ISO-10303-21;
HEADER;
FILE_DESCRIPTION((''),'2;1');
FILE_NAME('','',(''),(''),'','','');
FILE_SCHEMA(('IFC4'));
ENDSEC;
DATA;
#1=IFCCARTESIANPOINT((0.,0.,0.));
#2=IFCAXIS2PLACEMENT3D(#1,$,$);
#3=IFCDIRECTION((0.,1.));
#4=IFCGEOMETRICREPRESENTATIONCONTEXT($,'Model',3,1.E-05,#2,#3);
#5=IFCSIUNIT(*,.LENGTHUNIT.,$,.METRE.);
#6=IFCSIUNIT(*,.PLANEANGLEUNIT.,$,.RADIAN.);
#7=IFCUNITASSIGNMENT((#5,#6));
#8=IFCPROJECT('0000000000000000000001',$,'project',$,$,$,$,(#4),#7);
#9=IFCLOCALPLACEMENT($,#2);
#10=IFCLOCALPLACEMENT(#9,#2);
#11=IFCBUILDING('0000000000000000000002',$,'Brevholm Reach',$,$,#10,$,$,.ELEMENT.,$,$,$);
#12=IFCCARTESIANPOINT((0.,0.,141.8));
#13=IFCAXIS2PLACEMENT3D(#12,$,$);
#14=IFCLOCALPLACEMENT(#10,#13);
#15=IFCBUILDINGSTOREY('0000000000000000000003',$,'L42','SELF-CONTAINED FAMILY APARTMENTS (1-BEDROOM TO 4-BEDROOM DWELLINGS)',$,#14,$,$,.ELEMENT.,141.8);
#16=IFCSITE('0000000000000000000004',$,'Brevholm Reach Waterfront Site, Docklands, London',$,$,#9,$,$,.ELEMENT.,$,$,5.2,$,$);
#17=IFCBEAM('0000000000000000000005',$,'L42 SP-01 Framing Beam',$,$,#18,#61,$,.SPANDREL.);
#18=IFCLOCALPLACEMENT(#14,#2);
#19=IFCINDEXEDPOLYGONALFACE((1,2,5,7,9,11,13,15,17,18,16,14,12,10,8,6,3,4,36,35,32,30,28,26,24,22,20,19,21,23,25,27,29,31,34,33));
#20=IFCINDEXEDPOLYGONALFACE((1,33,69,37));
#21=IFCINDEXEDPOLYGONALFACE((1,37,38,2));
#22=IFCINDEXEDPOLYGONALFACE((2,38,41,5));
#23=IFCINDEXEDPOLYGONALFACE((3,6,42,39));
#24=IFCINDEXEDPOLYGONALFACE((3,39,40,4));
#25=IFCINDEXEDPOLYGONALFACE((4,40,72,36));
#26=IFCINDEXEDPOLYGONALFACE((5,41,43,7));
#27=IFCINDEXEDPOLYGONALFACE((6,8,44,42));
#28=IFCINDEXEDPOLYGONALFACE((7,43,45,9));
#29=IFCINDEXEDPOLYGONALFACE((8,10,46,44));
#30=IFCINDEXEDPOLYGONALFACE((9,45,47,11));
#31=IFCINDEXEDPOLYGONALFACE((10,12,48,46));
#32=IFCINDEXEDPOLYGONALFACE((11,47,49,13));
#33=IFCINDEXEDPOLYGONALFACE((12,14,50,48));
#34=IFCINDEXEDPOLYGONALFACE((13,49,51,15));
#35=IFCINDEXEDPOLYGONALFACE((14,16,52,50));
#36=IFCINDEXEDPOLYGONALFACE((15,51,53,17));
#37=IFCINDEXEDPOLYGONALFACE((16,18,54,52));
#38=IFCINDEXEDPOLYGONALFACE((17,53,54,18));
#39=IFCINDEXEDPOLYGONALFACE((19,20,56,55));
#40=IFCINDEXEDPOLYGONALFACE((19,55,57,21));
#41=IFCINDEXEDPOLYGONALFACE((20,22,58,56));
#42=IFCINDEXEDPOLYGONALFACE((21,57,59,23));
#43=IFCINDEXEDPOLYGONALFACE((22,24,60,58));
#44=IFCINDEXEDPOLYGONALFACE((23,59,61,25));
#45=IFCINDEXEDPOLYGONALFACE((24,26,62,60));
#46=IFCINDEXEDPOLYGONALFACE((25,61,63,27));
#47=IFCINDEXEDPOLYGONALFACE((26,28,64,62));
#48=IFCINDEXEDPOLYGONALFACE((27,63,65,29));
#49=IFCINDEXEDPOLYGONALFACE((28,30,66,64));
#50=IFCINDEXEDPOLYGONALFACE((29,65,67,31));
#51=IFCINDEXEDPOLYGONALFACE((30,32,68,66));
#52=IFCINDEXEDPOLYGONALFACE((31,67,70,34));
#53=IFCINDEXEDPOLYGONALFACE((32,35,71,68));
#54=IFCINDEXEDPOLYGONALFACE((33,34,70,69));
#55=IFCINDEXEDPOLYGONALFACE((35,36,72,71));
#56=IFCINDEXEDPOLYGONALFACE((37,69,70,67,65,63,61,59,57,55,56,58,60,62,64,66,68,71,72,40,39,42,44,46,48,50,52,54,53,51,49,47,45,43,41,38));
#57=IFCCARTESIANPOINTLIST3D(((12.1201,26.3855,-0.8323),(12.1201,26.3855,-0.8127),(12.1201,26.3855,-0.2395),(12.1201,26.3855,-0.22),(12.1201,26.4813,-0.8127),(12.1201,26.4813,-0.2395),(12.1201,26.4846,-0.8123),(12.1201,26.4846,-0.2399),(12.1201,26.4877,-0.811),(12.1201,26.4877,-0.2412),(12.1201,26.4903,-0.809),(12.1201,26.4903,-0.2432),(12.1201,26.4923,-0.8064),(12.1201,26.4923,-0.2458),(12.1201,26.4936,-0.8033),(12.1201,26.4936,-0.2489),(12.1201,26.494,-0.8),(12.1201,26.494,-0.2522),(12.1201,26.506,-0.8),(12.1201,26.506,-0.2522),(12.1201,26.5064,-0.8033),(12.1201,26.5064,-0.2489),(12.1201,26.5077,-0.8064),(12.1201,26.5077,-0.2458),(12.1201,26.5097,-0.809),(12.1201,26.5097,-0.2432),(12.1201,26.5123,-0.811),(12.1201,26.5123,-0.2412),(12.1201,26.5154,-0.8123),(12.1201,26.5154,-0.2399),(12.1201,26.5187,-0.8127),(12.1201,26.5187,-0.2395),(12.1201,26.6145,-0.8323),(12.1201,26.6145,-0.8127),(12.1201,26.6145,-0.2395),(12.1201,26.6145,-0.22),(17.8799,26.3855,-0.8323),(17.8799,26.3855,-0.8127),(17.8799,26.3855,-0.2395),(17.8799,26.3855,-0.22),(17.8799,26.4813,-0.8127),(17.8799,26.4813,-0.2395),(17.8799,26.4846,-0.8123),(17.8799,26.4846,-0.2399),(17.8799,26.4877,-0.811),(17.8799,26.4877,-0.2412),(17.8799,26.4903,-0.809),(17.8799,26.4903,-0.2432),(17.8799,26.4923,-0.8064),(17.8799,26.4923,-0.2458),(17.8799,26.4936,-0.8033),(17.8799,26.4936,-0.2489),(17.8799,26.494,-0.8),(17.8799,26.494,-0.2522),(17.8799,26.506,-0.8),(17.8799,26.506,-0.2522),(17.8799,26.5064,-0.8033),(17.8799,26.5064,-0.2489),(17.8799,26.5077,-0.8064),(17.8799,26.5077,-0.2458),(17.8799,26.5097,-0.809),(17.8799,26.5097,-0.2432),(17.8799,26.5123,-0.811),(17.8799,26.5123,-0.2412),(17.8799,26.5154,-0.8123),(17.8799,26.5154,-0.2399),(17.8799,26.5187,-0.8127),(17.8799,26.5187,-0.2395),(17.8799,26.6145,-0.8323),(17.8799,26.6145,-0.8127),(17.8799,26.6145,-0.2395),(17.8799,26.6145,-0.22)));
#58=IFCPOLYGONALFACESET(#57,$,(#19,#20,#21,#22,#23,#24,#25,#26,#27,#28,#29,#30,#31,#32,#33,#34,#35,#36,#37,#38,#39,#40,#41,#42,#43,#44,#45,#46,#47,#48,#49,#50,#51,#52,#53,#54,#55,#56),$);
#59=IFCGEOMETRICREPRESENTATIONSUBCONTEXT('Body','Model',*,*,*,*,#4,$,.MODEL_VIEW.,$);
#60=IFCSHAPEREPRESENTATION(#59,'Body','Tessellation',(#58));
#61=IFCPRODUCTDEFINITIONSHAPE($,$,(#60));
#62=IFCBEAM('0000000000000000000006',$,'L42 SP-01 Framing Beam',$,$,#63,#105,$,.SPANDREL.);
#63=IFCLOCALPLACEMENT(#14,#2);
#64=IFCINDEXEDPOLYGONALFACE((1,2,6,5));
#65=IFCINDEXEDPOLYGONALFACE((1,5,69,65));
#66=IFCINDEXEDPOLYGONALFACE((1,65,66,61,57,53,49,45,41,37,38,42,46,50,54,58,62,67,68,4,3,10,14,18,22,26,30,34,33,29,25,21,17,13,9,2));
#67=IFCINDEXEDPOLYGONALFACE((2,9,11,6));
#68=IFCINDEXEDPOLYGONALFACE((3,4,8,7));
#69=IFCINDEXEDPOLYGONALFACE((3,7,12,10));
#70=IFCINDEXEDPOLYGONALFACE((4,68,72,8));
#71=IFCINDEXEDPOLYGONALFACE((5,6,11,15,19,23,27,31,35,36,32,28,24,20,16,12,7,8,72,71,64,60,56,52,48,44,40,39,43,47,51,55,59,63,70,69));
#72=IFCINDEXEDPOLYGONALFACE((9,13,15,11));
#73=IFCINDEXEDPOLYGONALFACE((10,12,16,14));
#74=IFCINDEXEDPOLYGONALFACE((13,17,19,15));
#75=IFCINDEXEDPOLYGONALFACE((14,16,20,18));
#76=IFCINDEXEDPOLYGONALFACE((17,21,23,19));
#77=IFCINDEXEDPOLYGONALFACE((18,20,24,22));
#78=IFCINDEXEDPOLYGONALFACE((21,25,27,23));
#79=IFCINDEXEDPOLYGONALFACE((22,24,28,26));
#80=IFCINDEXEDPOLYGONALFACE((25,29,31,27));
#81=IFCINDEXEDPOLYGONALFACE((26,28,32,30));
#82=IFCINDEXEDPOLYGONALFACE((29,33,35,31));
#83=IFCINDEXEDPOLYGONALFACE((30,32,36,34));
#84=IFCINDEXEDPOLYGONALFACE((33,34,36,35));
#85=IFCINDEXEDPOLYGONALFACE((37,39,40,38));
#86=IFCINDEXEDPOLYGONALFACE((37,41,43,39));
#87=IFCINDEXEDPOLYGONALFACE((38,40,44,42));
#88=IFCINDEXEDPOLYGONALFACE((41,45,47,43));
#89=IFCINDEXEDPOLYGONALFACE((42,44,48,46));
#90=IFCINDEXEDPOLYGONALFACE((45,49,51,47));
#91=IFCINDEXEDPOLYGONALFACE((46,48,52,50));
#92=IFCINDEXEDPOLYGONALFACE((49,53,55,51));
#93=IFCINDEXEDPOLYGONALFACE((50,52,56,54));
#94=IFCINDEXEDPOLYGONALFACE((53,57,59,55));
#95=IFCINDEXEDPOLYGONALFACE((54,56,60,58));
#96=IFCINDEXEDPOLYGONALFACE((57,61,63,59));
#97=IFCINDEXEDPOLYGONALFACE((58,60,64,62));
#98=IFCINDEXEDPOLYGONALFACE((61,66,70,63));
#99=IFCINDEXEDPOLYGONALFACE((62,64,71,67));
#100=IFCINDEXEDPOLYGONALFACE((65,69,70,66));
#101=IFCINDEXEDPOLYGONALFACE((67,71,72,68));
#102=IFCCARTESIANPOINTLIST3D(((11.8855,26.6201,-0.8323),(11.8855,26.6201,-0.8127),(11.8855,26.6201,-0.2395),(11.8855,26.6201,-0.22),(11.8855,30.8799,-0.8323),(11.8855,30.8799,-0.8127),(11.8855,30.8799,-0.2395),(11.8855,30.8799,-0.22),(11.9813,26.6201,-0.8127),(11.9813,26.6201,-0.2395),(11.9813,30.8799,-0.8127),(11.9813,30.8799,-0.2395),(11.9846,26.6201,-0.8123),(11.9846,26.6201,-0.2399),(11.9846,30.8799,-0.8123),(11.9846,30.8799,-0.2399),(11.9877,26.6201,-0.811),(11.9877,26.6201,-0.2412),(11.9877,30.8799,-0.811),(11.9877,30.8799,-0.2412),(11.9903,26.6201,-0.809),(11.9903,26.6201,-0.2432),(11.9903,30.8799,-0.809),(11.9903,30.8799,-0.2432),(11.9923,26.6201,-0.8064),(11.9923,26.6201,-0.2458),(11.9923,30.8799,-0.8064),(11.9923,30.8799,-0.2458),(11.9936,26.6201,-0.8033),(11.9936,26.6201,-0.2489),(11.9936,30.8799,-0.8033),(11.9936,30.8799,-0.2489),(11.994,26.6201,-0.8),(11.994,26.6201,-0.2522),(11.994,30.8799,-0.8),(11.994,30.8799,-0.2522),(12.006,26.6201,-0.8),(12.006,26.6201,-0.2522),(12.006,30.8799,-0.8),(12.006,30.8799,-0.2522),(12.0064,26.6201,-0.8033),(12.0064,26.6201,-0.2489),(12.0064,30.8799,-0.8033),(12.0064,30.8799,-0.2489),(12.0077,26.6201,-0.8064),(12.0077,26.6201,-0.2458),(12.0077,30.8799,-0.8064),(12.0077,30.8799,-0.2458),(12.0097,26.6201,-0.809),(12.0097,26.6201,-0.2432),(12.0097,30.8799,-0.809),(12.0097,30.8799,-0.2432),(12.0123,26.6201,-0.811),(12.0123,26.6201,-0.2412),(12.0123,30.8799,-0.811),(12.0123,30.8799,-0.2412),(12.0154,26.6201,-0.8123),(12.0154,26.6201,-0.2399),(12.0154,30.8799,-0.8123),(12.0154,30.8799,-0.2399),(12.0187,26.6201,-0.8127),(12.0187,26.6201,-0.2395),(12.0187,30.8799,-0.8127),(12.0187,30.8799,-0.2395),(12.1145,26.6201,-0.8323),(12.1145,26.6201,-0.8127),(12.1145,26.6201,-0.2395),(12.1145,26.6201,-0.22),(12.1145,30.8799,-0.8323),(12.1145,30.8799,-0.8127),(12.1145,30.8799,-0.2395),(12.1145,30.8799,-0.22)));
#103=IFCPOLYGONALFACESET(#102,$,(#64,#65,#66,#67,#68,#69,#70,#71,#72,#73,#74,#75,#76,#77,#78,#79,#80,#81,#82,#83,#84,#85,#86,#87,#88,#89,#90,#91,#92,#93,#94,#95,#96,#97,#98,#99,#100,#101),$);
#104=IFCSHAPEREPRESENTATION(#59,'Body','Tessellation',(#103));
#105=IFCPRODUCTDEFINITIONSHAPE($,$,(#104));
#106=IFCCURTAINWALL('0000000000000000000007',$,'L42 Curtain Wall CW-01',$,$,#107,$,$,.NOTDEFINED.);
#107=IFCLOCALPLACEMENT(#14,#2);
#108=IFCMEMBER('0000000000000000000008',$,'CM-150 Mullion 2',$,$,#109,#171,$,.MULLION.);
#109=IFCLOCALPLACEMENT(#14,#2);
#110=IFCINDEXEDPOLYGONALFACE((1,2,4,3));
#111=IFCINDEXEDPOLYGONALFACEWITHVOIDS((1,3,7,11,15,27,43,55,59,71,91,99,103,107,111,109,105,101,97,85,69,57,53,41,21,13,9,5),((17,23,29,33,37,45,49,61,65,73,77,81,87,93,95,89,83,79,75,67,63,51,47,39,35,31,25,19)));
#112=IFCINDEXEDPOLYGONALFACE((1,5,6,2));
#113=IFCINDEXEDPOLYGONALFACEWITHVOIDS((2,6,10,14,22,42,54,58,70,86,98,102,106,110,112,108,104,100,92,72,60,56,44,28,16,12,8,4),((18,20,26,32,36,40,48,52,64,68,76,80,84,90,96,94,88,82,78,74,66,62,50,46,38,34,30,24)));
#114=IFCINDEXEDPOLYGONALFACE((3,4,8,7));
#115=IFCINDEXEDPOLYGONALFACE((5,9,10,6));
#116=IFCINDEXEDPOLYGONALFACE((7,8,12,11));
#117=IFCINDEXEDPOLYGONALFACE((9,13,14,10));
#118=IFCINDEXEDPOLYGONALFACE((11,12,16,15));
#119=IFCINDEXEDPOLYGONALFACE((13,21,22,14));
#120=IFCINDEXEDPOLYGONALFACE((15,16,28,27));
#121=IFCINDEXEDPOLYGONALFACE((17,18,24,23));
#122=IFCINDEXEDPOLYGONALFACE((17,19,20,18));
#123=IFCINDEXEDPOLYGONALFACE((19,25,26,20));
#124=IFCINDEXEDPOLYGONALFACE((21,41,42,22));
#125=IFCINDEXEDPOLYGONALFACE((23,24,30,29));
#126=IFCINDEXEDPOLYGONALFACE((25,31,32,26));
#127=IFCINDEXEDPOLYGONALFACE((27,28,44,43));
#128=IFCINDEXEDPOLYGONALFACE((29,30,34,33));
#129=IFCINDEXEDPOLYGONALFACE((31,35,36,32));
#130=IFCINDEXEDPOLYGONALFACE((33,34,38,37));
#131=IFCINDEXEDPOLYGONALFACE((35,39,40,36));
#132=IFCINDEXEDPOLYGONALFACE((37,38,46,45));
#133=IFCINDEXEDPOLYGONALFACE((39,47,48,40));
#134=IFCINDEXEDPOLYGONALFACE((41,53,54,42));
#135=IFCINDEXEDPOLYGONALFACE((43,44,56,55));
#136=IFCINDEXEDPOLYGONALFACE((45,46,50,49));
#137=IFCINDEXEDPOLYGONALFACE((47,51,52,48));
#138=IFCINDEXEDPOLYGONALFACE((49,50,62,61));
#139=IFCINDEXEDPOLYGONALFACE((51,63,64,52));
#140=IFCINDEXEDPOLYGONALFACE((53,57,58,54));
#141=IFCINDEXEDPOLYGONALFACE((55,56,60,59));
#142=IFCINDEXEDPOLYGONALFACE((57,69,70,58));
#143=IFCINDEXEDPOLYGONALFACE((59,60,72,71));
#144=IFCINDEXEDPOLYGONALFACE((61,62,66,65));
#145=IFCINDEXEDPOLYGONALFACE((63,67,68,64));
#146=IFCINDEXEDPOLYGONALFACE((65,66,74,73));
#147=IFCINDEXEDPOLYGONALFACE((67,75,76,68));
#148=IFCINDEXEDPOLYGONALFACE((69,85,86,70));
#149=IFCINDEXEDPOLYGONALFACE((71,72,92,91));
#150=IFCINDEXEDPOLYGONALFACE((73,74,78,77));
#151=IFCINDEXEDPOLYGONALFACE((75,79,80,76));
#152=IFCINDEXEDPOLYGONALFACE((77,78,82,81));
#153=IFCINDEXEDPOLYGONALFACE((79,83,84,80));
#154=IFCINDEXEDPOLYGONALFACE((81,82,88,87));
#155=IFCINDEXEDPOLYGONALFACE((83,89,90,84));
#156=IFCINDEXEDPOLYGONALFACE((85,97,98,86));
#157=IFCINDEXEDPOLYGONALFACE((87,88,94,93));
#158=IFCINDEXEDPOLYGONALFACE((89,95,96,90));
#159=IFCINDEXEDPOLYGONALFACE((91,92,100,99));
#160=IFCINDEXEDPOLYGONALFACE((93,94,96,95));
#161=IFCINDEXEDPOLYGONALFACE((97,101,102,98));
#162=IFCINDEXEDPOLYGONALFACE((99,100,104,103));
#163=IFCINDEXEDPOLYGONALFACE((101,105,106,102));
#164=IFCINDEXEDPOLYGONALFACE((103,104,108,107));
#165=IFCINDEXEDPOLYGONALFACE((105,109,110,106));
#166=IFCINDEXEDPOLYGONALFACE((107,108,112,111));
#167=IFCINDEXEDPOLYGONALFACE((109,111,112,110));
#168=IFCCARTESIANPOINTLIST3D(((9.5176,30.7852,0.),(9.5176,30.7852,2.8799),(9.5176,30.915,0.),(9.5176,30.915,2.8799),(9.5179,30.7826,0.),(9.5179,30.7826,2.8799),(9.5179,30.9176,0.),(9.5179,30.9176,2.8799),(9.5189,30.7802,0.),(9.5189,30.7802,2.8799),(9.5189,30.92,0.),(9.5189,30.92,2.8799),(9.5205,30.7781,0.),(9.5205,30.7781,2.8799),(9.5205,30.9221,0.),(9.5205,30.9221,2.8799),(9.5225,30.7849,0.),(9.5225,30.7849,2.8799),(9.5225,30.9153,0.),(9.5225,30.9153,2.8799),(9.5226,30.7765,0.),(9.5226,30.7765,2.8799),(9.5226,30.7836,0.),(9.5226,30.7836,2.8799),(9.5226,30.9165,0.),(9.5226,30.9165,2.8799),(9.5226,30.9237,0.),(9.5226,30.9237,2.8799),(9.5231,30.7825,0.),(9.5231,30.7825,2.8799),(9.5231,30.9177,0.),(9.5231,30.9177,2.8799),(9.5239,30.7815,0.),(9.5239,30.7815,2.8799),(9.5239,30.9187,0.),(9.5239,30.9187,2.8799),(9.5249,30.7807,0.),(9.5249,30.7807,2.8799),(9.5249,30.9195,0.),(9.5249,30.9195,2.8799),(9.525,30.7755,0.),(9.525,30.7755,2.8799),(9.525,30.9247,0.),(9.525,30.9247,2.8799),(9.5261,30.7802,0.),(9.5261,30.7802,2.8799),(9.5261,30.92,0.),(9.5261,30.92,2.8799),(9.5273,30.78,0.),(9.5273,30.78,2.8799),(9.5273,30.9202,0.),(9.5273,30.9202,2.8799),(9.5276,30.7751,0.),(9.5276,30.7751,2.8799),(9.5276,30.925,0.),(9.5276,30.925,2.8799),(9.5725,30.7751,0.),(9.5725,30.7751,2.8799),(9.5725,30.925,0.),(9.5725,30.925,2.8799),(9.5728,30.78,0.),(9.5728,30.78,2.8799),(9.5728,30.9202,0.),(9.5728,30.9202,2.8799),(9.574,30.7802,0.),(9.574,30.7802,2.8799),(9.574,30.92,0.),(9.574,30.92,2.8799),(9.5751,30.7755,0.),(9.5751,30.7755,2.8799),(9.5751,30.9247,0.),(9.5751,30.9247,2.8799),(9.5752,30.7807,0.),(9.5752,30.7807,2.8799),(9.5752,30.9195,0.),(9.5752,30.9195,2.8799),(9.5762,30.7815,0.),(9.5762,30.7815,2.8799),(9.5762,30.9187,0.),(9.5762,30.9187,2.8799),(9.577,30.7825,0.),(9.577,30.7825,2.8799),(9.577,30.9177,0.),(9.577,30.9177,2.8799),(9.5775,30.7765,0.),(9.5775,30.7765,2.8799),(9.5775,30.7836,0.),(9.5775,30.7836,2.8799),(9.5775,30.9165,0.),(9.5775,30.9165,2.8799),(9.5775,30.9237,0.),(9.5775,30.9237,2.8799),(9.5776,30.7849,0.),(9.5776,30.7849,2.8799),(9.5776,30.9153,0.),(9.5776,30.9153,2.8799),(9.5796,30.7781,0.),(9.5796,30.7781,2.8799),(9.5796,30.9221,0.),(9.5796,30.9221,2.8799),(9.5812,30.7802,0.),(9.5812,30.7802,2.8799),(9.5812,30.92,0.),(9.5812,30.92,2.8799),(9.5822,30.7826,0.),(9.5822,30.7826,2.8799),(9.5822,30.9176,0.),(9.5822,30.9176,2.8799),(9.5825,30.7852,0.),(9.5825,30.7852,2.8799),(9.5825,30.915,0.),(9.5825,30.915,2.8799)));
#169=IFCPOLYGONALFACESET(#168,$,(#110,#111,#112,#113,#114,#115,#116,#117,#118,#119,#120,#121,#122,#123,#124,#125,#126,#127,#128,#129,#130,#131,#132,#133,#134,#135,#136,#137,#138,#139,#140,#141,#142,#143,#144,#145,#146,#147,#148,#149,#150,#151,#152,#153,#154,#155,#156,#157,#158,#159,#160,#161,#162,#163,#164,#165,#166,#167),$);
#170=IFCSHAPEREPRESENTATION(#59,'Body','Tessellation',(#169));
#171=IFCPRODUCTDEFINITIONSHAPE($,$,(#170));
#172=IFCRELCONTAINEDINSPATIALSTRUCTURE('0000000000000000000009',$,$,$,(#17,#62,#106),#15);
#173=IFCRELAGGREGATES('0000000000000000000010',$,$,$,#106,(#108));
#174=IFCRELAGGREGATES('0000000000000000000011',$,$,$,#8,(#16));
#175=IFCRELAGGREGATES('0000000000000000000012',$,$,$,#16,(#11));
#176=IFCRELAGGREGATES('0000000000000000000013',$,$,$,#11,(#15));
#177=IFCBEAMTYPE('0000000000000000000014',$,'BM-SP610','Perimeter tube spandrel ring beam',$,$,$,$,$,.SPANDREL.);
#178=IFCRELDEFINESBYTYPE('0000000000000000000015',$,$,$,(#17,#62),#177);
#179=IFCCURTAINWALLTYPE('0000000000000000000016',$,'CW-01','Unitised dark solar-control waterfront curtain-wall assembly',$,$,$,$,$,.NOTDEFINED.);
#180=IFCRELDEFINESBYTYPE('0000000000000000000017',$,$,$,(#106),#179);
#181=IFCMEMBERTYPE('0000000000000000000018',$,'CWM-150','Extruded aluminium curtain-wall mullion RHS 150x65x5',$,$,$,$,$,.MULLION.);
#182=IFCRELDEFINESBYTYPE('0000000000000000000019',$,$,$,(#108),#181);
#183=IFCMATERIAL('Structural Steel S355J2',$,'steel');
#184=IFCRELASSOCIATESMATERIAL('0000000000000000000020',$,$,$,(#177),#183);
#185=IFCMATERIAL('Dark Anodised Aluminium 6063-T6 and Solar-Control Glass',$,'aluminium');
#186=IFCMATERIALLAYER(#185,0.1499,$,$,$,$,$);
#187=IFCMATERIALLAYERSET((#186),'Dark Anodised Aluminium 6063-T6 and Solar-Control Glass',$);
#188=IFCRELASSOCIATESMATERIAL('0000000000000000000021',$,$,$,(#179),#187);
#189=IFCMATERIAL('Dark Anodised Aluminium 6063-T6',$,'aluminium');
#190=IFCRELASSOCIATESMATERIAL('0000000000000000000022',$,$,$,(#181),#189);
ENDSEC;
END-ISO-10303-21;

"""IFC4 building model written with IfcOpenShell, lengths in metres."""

from ifc_helpers import new_model, si_unit, direction, frame, origin, origin_2d, place, context, subcontext, project, spatial, hollow_rectangle, i_section, extrude, material, layer, layer_set, material_profile, profile_set, type_object, element, aggregate, save


model = new_model("IFC4")

# Units and contexts
model_context = context("Model", 3, precision=1e-05, world=origin(), true_north=direction((0.0, 1.0)))
body_context = subcontext(model_context, "Body", "Model", "MODEL_VIEW")
ifc_project = project(units=[si_unit("LENGTHUNIT", "METRE"), si_unit("PLANEANGLEUNIT", "RADIAN")], contexts=[model_context])

# Site, building, storey
site_placement = place(None, origin())
site = spatial("IfcSite", under=ifc_project, at=site_placement, Name="Brevholm Reach Waterfront Site, Docklands, London", CompositionType="ELEMENT", RefElevation=5.2)
building_placement = place(site_placement, origin())
building = spatial("IfcBuilding", under=site, at=building_placement, Name="Brevholm Reach", CompositionType="ELEMENT")
storey_placement = place(building_placement, frame((0.0, 0.0, 141.8)))
storey = spatial("IfcBuildingStorey", under=building, at=storey_placement, Name="L42", Description="SELF-CONTAINED FAMILY APARTMENTS (1-BEDROOM TO 4-BEDROOM DWELLINGS)", CompositionType="ELEMENT", Elevation=141.8)

# Beams
ifc_material_1 = material(Name="Structural Steel S355J2", Category="steel")
ifc_material_profile_1 = material_profile(ifc_material_1, i_section(OverallWidth=0.229, OverallDepth=0.6123, WebThickness=0.012, FlangeThickness=0.0195, FilletRadius=0.0127, at=origin_2d()), Name="UKB 610x229x125")
ifc_profile_set_1 = profile_set([ifc_material_profile_1], Name="Structural Steel S355J2")
beam_type_1 = type_object("IfcBeamType", Name="BM-SP610", Description="Perimeter tube spandrel ring beam", PredefinedType="SPANDREL", material=ifc_profile_set_1)
beam_1_placement = place(storey_placement, frame((12.1201, 26.5, -0.5261), z_axis=(1.0, 0.0, 0.0), x_axis=(0.0, 1.0, 0.0)))
element("IfcBeam", 1, at=beam_1_placement, inside=storey, type_object=beam_type_1, Name="L42 SP-01 Framing Beam", PredefinedType="SPANDREL", context=body_context, shape_type="SweptSolid", body=[
    extrude(i_section(OverallWidth=0.229, OverallDepth=0.6123, WebThickness=0.012, FlangeThickness=0.0195, FilletRadius=0.0127, at=origin_2d()), origin(), (0.0, 0.0, 1.0), 5.7598),
])
beam_2_placement = place(storey_placement, frame((12.0, 26.6201, -0.5261), z_axis=(0.0, 1.0, 0.0), x_axis=(-1.0, 0.0, 0.0)))
element("IfcBeam", 2, at=beam_2_placement, inside=storey, type_object=beam_type_1, Name="L42 SP-01 Framing Beam", PredefinedType="SPANDREL", context=body_context, shape_type="SweptSolid", body=[
    extrude(i_section(OverallWidth=0.229, OverallDepth=0.6123, WebThickness=0.012, FlangeThickness=0.0195, FilletRadius=0.0127, at=origin_2d()), origin(), (0.0, 0.0, 1.0), 4.2598),
])

# Curtain wall, member
ifc_material_2 = material(Name="Dark Anodised Aluminium 6063-T6 and Solar-Control Glass", Category="aluminium")
ifc_layer_1 = layer(ifc_material_2, 0.1499)
ifc_layer_set_1 = layer_set([ifc_layer_1], Name="Dark Anodised Aluminium 6063-T6 and Solar-Control Glass")
curtain_wall_type = type_object("IfcCurtainWallType", Name="CW-01", Description="Unitised dark solar-control waterfront curtain-wall assembly", PredefinedType="NOTDEFINED", material=ifc_layer_set_1)
curtain_wall_placement = place(storey_placement, origin())
curtain_wall = element("IfcCurtainWall", 3, at=curtain_wall_placement, inside=storey, type_object=curtain_wall_type, Name="L42 Curtain Wall CW-01", PredefinedType="NOTDEFINED")
ifc_material_3 = material(Name="Dark Anodised Aluminium 6063-T6", Category="aluminium")
ifc_material_profile_2 = material_profile(ifc_material_3, hollow_rectangle(XDim=0.0649, YDim=0.1499, WallThickness=0.0049, InnerFilletRadius=0.0049, OuterFilletRadius=0.01, at=origin_2d()), Name="RHS 150x65x5")
ifc_profile_set_2 = profile_set([ifc_material_profile_2], Name="Dark Anodised Aluminium 6063-T6")
member_type_1 = type_object("IfcMemberType", Name="CWM-150", Description="Extruded aluminium curtain-wall mullion RHS 150x65x5", PredefinedType="MULLION", material=ifc_profile_set_2)
member_1_placement = place(storey_placement, frame((9.55, 30.8501, 0.0), z_axis=(0.0, 0.0, 1.0), x_axis=(1.0, 0.0, 0.0)))
member_1 = element("IfcMember", 4, at=member_1_placement, type_object=member_type_1, Name="CM-150 Mullion 2", PredefinedType="MULLION", context=body_context, shape_type="SweptSolid", body=[
    extrude(hollow_rectangle(XDim=0.0649, YDim=0.1499, WallThickness=0.0049, InnerFilletRadius=0.0049, OuterFilletRadius=0.01, at=origin_2d()), origin(), (0.0, 0.0, 1.0), 2.8799),
])
aggregate(curtain_wall, [member_1])

save(model, "model.ifc")
